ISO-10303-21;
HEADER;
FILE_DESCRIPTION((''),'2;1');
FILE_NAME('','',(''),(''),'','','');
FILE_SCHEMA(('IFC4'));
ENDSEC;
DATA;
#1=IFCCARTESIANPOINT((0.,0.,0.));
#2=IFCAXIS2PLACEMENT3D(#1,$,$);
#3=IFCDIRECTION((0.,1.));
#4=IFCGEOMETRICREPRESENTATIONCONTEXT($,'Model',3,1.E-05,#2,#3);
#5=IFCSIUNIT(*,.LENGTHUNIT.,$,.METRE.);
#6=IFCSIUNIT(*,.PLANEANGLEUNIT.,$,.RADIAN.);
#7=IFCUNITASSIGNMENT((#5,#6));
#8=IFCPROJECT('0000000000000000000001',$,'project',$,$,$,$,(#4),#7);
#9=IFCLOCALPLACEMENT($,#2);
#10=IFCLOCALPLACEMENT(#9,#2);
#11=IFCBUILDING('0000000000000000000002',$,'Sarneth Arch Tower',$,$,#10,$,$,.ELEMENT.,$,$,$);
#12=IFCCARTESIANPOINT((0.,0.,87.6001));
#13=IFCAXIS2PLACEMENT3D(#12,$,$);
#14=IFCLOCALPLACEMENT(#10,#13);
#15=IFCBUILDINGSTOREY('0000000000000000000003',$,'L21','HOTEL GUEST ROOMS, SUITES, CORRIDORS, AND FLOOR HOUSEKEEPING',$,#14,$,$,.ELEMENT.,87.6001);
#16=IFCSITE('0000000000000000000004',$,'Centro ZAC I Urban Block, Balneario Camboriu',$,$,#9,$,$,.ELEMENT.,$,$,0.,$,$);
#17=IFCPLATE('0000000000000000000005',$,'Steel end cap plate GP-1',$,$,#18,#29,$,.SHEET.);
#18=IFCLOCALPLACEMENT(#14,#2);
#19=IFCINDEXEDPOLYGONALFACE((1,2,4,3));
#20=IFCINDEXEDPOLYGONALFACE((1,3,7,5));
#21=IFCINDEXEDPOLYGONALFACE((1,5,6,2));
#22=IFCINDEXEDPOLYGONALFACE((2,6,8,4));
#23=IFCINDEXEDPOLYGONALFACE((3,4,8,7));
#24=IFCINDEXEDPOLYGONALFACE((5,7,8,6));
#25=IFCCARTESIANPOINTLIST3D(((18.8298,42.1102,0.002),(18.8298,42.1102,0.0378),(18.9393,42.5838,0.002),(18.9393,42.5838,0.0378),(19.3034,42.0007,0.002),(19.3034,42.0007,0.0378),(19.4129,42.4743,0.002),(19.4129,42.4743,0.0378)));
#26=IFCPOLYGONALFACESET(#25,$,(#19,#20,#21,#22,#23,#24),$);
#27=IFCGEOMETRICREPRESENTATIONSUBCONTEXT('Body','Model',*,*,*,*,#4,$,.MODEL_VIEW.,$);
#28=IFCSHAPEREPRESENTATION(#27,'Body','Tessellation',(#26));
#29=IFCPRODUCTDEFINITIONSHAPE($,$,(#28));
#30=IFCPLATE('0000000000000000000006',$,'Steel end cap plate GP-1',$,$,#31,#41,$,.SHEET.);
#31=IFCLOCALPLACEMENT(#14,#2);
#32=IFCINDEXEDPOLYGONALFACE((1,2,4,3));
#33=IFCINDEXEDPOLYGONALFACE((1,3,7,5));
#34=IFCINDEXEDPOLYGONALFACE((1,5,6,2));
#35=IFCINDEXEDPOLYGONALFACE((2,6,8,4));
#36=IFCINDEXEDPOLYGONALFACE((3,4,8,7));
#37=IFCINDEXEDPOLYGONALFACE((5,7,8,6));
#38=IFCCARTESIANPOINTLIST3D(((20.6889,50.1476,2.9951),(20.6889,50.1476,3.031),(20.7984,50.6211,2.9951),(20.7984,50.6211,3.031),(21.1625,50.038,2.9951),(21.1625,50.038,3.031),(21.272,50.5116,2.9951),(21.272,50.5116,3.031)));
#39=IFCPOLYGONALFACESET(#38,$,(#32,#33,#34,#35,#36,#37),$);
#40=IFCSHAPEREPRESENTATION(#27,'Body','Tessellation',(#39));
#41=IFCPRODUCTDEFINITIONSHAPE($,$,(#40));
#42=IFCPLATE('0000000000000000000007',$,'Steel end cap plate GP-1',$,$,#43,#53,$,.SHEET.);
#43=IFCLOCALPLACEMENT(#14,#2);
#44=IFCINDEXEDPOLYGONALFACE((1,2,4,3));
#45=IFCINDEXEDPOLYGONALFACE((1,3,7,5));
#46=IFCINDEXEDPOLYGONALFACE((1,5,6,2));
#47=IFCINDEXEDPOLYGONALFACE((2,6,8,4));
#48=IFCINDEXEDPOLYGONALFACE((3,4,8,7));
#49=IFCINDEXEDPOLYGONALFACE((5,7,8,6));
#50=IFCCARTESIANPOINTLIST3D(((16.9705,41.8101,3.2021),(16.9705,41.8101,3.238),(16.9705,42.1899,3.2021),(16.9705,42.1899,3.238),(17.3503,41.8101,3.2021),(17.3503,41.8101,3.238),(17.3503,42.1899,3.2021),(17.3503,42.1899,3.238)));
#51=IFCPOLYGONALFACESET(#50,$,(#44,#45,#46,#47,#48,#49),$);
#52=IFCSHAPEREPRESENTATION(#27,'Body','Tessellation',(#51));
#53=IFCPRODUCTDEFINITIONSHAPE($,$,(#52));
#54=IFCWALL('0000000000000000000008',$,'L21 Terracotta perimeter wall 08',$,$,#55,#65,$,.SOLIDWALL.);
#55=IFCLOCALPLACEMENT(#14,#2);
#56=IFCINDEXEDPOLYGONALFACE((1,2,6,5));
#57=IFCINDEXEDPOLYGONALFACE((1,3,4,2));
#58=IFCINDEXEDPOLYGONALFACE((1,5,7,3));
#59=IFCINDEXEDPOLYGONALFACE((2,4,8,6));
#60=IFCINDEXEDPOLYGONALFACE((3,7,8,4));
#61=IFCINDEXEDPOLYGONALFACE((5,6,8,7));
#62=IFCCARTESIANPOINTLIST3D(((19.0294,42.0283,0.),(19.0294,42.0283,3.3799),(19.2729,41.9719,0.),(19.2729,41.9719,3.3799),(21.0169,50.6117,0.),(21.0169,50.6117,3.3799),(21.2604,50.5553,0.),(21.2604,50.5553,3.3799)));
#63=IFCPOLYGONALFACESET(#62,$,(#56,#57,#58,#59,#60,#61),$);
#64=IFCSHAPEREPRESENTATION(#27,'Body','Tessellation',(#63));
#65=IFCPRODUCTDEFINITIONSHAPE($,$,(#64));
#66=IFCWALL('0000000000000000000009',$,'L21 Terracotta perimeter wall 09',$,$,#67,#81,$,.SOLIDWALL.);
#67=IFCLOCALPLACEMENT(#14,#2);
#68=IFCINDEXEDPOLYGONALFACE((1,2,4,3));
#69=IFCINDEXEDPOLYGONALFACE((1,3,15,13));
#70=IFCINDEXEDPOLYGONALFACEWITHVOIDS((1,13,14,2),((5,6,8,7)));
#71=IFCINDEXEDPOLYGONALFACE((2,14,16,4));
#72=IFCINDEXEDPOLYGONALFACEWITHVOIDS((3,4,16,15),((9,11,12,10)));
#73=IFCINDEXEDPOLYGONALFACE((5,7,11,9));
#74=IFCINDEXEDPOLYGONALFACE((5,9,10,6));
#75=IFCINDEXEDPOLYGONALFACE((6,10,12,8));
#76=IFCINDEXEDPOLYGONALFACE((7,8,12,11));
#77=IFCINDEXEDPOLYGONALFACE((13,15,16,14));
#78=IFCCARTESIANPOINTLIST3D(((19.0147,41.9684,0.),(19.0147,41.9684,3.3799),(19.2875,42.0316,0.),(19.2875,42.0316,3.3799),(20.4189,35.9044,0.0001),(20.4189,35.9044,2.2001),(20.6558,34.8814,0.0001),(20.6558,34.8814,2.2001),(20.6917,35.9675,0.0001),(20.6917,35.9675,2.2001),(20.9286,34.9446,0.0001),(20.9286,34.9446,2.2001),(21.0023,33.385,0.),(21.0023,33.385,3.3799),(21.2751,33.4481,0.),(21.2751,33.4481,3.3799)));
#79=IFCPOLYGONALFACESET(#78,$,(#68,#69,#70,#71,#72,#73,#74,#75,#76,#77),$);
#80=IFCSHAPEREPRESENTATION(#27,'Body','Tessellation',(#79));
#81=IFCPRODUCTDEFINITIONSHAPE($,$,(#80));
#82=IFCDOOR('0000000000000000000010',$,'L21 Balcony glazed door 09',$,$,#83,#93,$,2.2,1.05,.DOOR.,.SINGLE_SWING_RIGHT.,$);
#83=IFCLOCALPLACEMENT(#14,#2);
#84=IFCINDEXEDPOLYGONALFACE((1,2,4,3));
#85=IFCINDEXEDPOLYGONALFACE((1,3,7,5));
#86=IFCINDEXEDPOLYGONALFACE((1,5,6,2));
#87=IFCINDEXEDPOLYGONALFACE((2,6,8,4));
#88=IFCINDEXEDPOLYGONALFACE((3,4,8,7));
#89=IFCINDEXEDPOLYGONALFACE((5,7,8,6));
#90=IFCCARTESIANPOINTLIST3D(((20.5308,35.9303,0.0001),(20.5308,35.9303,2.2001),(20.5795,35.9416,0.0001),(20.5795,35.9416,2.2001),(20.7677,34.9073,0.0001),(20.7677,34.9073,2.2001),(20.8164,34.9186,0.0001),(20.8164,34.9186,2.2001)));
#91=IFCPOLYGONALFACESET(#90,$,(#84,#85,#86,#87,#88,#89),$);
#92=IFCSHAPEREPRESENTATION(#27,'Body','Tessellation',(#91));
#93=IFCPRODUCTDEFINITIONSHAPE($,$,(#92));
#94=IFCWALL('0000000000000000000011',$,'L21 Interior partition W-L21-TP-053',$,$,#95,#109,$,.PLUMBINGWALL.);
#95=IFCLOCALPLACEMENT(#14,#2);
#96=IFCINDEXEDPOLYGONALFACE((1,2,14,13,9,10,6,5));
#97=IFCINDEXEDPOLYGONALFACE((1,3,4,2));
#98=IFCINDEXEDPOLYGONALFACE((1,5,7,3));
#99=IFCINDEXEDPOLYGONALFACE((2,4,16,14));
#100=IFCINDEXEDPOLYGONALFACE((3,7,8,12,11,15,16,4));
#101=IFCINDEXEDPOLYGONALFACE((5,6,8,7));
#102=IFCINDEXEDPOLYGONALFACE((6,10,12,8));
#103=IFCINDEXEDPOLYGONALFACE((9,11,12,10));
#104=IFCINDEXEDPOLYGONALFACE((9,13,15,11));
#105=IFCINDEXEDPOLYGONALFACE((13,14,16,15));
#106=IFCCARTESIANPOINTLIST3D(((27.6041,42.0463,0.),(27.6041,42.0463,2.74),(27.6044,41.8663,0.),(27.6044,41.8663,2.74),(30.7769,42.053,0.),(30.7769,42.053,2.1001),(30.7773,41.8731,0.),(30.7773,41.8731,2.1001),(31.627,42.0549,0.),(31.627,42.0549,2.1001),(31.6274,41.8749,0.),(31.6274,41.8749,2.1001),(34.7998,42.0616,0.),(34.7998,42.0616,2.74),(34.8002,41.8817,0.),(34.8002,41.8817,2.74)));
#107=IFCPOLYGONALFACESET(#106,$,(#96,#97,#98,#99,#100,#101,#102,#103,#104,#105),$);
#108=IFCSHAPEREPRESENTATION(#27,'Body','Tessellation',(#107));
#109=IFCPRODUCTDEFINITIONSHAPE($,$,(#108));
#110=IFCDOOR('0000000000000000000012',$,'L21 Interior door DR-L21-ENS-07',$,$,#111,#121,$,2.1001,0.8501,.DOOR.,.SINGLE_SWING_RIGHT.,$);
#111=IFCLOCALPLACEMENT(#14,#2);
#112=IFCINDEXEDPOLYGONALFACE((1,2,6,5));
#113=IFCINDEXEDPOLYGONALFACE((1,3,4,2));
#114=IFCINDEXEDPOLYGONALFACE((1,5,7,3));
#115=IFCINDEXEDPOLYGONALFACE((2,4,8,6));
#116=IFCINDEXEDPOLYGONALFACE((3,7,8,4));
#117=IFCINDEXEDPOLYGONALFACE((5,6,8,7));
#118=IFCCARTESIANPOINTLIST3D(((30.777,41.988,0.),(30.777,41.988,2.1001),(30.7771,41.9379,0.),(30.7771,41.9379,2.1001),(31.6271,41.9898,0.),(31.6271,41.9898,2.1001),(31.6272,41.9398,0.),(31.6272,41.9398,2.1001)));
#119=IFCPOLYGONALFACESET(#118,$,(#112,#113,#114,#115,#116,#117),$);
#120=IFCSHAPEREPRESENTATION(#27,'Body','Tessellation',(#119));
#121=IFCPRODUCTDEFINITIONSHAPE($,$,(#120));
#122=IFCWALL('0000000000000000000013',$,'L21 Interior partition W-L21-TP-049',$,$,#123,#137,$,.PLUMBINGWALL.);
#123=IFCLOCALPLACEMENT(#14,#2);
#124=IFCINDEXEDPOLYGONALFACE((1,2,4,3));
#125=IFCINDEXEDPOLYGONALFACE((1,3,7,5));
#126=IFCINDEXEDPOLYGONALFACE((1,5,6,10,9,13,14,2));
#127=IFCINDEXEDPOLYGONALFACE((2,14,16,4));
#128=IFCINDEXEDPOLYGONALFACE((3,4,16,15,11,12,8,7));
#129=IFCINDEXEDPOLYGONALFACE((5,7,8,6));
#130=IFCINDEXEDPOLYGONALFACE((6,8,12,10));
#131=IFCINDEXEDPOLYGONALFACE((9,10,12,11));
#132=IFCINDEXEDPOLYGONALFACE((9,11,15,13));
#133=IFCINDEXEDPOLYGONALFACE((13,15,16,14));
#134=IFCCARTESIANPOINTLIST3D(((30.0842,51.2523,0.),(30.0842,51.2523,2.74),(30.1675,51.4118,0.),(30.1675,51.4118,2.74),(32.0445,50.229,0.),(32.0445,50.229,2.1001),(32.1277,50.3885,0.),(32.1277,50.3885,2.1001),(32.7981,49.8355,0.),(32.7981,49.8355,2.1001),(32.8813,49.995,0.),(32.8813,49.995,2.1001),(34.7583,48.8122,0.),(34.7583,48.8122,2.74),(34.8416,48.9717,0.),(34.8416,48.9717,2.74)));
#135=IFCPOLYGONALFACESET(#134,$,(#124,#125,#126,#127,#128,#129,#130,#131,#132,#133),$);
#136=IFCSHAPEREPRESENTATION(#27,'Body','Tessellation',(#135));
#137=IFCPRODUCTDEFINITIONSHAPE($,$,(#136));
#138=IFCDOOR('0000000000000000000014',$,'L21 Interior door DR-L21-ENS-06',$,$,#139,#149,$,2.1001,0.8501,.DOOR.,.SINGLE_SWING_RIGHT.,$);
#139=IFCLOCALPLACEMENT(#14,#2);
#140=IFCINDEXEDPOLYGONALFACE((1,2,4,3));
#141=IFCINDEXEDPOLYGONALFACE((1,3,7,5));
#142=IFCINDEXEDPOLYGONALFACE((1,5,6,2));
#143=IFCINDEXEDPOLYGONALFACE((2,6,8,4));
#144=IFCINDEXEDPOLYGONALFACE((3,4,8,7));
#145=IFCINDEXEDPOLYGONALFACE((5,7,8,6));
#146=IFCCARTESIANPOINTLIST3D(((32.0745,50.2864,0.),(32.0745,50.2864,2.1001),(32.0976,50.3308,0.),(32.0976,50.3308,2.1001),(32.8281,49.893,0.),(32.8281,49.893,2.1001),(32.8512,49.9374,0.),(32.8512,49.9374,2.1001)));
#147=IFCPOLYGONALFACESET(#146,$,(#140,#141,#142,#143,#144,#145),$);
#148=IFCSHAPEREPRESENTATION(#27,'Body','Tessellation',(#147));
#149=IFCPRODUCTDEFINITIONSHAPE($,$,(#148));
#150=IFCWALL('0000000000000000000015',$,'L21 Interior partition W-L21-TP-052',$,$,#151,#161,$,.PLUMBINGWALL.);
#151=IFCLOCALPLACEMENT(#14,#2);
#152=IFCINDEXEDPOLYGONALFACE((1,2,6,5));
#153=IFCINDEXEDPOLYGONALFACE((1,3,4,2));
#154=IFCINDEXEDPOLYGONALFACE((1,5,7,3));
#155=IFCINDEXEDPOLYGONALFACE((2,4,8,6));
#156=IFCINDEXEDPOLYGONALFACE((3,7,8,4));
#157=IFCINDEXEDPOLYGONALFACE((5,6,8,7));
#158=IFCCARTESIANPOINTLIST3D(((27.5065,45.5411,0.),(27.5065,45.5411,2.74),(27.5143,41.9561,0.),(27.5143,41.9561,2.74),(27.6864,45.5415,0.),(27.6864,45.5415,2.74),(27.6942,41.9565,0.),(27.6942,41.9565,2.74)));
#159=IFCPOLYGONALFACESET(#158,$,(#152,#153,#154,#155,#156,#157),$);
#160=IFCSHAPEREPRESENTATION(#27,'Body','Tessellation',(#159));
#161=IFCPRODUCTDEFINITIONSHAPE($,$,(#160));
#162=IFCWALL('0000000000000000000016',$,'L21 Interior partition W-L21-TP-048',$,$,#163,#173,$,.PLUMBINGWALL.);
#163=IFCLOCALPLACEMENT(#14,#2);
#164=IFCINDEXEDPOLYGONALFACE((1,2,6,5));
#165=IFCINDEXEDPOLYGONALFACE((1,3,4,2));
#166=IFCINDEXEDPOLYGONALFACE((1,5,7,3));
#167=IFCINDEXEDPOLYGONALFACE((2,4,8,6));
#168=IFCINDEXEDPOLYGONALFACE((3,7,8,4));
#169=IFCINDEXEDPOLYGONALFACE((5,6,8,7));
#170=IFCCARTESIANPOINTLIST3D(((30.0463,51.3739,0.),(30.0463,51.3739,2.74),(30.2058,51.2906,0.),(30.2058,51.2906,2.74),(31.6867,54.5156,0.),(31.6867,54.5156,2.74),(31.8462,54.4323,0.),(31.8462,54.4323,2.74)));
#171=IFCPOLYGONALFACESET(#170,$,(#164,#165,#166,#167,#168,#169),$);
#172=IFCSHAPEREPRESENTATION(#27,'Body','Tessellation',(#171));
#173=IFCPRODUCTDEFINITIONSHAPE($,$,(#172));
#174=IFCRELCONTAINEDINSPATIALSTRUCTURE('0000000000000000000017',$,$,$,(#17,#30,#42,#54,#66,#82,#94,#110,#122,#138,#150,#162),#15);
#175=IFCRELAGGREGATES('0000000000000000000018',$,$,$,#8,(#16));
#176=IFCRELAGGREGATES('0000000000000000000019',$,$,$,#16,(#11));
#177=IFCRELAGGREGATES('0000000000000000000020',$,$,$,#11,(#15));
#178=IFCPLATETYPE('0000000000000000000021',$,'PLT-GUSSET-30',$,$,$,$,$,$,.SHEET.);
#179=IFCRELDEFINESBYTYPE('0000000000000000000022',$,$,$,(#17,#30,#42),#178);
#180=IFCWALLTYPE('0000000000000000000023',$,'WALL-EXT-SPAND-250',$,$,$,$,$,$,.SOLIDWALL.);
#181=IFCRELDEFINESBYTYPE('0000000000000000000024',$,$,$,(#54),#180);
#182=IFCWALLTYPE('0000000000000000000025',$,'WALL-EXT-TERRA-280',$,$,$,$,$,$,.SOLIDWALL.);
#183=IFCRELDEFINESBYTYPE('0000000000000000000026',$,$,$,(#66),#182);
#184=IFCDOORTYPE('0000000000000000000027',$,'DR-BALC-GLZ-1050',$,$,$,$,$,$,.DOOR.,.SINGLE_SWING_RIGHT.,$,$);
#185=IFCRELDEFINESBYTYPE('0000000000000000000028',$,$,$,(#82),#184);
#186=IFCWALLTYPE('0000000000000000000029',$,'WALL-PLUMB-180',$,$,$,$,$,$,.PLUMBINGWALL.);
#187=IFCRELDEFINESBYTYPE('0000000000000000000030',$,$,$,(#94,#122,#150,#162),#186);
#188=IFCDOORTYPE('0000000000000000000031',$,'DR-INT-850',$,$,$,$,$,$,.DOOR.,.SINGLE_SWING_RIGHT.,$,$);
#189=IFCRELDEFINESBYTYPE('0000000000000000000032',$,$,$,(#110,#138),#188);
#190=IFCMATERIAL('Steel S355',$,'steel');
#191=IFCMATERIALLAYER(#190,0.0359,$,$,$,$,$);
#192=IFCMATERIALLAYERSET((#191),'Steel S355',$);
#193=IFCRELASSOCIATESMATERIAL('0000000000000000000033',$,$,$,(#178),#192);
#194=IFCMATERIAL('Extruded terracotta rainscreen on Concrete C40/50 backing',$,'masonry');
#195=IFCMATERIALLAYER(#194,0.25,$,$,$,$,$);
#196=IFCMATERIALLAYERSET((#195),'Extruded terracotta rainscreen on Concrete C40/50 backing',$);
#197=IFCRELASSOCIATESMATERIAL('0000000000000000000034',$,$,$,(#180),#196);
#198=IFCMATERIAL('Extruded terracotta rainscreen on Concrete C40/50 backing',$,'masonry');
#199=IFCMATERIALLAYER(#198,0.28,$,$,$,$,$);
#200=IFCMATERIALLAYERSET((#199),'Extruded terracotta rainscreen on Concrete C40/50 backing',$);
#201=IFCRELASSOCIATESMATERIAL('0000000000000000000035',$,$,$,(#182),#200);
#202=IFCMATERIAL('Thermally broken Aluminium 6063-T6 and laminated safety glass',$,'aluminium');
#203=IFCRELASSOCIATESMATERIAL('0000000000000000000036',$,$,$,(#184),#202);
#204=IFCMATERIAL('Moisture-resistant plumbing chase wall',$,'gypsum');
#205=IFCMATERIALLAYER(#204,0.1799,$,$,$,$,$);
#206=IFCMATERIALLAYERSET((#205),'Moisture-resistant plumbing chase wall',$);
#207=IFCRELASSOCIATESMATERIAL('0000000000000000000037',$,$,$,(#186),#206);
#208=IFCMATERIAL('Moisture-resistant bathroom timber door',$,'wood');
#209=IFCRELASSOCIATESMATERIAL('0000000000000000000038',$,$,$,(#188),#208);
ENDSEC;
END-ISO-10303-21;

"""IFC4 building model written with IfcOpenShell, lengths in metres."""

from ifc_helpers import new_model, si_unit, direction, frame, frame_2d, origin, origin_2d, place, context, subcontext, project, spatial, rectangle, extrude, material, layer, layer_set, type_object, element, fill, save


model = new_model("IFC4")

# Units and contexts
model_context = context("Model", 3, precision=1e-05, world=origin(), true_north=direction((0.0, 1.0)))
body_context = subcontext(model_context, "Body", "Model", "MODEL_VIEW")
ifc_project = project(units=[si_unit("LENGTHUNIT", "METRE"), si_unit("PLANEANGLEUNIT", "RADIAN")], contexts=[model_context])

# Site, building, storey
site_placement = place(None, origin())
site = spatial("IfcSite", under=ifc_project, at=site_placement, Name="Centro ZAC I Urban Block, Balneario Camboriu", CompositionType="ELEMENT", RefElevation=0.0)
building_placement = place(site_placement, origin())
building = spatial("IfcBuilding", under=site, at=building_placement, Name="Sarneth Arch Tower", CompositionType="ELEMENT")
storey_placement = place(building_placement, frame((0.0, 0.0, 87.6001)))
storey = spatial("IfcBuildingStorey", under=building, at=storey_placement, Name="L21", Description="HOTEL GUEST ROOMS, SUITES, CORRIDORS, AND FLOOR HOUSEKEEPING", CompositionType="ELEMENT", Elevation=87.6001)

# Plates
ifc_material_1 = material(Name="Steel S355", Category="steel")
ifc_layer_1 = layer(ifc_material_1, 0.0359)
ifc_layer_set_1 = layer_set([ifc_layer_1], Name="Steel S355")
plate_type = type_object("IfcPlateType", Name="PLT-GUSSET-30", PredefinedType="SHEET", material=ifc_layer_set_1)
for number, where, z_axis, x_axis, name in (
    (1, (19.1213, 42.2922, 0.002), (0.0, 0.0, 1.0), (-0.225291, -0.974291, 0.0), "Steel end cap plate GP-1"),
    (2, (20.9805, 50.3296, 2.9951), (0.0, 0.0, 1.0), (-0.225291, -0.974291, 0.0), "Steel end cap plate GP-1"),
):
    element("IfcPlate", number, at=place(storey_placement, frame(where, z_axis=z_axis, x_axis=x_axis)), inside=storey, type_object=plate_type, Name=name, PredefinedType="SHEET", context=body_context, shape_type="SweptSolid", body=[
        extrude(rectangle(XDim=0.4861, YDim=0.4861, at=origin_2d()), origin(), (0.0, 0.0, 1.0), 0.0359),
    ])
plate_placement = place(storey_placement, frame((17.1604, 42.0, 3.2021), z_axis=(0.0, 0.0, 1.0), x_axis=(-1.0, 0.0, 0.0)))
element("IfcPlate", 3, at=plate_placement, inside=storey, type_object=plate_type, Name="Steel end cap plate GP-1", PredefinedType="SHEET", context=body_context, shape_type="SweptSolid", body=[
    extrude(rectangle(XDim=0.3799, YDim=0.3799, at=origin_2d()), origin(), (0.0, 0.0, 1.0), 0.0359),
])

# Wall
ifc_material_2 = material(Name="Extruded terracotta rainscreen on Concrete C40/50 backing", Category="masonry")
ifc_layer_2 = layer(ifc_material_2, 0.25)
ifc_layer_set_2 = layer_set([ifc_layer_2], Name="Extruded terracotta rainscreen on Concrete C40/50 backing")
wall_type_1 = type_object("IfcWallType", Name="WALL-EXT-SPAND-250", PredefinedType="SOLIDWALL", material=ifc_layer_set_2)
wall_1_placement = place(storey_placement, frame((21.1387, 50.5835, 0.0), z_axis=(0.0, 0.0, 1.0), x_axis=(-0.225586, -0.974223, 0.0)))
element("IfcWall", 4, at=wall_1_placement, inside=storey, type_object=wall_type_1, Name="L21 Terracotta perimeter wall 08", PredefinedType="SOLIDWALL", context=body_context, shape_type="SweptSolid", body=[
    extrude(rectangle(XDim=8.8105, YDim=0.25, at=frame_2d((4.4053, 0.0))), origin(), (0.0, 0.0, 1.0), 3.3799),
])

# Walls, openings, doors
ifc_material_3 = material(Name="Extruded terracotta rainscreen on Concrete C40/50 backing", Category="masonry")
ifc_layer_3 = layer(ifc_material_3, 0.28)
ifc_layer_set_3 = layer_set([ifc_layer_3], Name="Extruded terracotta rainscreen on Concrete C40/50 backing")
wall_type_2 = type_object("IfcWallType", Name="WALL-EXT-TERRA-280", PredefinedType="SOLIDWALL", material=ifc_layer_set_3)
wall_2_placement = place(storey_placement, frame((19.1511, 42.0, 0.0), z_axis=(0.0, 0.0, 1.0), x_axis=(0.225586, -0.974223, 0.0)))
wall_2 = element("IfcWall", 5, at=wall_2_placement, inside=storey, type_object=wall_type_2, Name="L21 Terracotta perimeter wall 09", PredefinedType="SOLIDWALL", context=body_context, shape_type="SweptSolid", body=[
    extrude(rectangle(XDim=8.8105, YDim=0.28, at=frame_2d((4.4053, 0.0))), origin(), (0.0, 0.0, 1.0), 3.3799),
])
opening_1_placement = place(wall_2_placement, frame((6.2246, 0.0, 0.0)))
opening_1 = element("IfcOpeningElement", 6, at=opening_1_placement, cuts=wall_2, PredefinedType="OPENING", context=body_context, shape_type="SweptSolid", body=[
    extrude(rectangle(XDim=1.05, YDim=2.2, at=frame_2d((0.5249, 1.1001))), frame((0.0, 0.1499, 0.0), z_axis=(0.0, -1.0, 0.0), x_axis=(1.0, 0.0, 0.0)), (0.0, 0.0, 1.0), 0.3),
])
ifc_material_4 = material(Name="Thermally broken Aluminium 6063-T6 and laminated safety glass", Category="aluminium")
door_type_1 = type_object("IfcDoorType", Name="DR-BALC-GLZ-1050", OperationType="SINGLE_SWING_RIGHT", PredefinedType="DOOR", material=ifc_material_4)
door_1_placement = place(opening_1_placement, origin())
door_1 = element("IfcDoor", 7, at=door_1_placement, inside=storey, type_object=door_type_1, Name="L21 Balcony glazed door 09", OperationType="SINGLE_SWING_RIGHT", OverallHeight=2.2, OverallWidth=1.05, PredefinedType="DOOR", context=body_context, shape_type="SweptSolid", body=[
    extrude(rectangle(XDim=1.05, YDim=2.2, at=frame_2d((0.5249, 1.1001))), frame((0.0, 0.0249, 0.0), z_axis=(0.0, -1.0, 0.0), x_axis=(1.0, 0.0, 0.0)), (0.0, 0.0, 1.0), 0.05),
])
fill(opening_1, door_1)
ifc_material_5 = material(Name="Moisture-resistant plumbing chase wall", Category="gypsum")
ifc_layer_4 = layer(ifc_material_5, 0.1799)
ifc_layer_set_4 = layer_set([ifc_layer_4], Name="Moisture-resistant plumbing chase wall")
wall_type_3 = type_object("IfcWallType", Name="WALL-PLUMB-180", PredefinedType="PLUMBINGWALL", material=ifc_layer_set_4)
wall_3_placement = place(storey_placement, frame((27.6042, 41.9563, 0.0), z_axis=(0.0, 0.0, 1.0), x_axis=(0.999998, 0.002137, 0.0)))
wall_3 = element("IfcWall", 8, at=wall_3_placement, inside=storey, type_object=wall_type_3, Name="L21 Interior partition W-L21-TP-053", PredefinedType="PLUMBINGWALL", context=body_context, shape_type="SweptSolid", body=[
    extrude(rectangle(XDim=7.1958, YDim=0.1799, at=frame_2d((3.5979, 0.0))), origin(), (0.0, 0.0, 1.0), 2.74),
])
opening_2_placement = place(wall_3_placement, frame((3.1729, 0.0, 0.0)))
opening_2 = element("IfcOpeningElement", 9, at=opening_2_placement, cuts=wall_3, PredefinedType="OPENING", context=body_context, shape_type="SweptSolid", body=[
    extrude(rectangle(XDim=0.8501, YDim=2.1001, at=frame_2d((0.425, 1.05))), frame((0.0, 0.0999, 0.0), z_axis=(0.0, -1.0, 0.0), x_axis=(1.0, 0.0, 0.0)), (0.0, 0.0, 1.0), 0.2),
])
ifc_material_6 = material(Name="Moisture-resistant bathroom timber door", Category="wood")
door_type_2 = type_object("IfcDoorType", Name="DR-INT-850", OperationType="SINGLE_SWING_RIGHT", PredefinedType="DOOR", material=ifc_material_6)
door_2_placement = place(opening_2_placement, origin())
door_2 = element("IfcDoor", 10, at=door_2_placement, inside=storey, type_object=door_type_2, Name="L21 Interior door DR-L21-ENS-07", OperationType="SINGLE_SWING_RIGHT", OverallHeight=2.1001, OverallWidth=0.8501, PredefinedType="DOOR", context=body_context, shape_type="SweptSolid", body=[
    extrude(rectangle(XDim=0.8501, YDim=2.1001, at=frame_2d((0.425, 1.05))), frame((0.0, 0.0249, 0.0), z_axis=(0.0, -1.0, 0.0), x_axis=(1.0, 0.0, 0.0)), (0.0, 0.0, 1.0), 0.05),
])
fill(opening_2, door_2)
wall_4_placement = place(storey_placement, frame((30.126, 51.332, 0.0), z_axis=(0.0, 0.0, 1.0), x_axis=(0.886465, -0.462795, 0.0)))
wall_4 = element("IfcWall", 11, at=wall_4_placement, inside=storey, type_object=wall_type_3, Name="L21 Interior partition W-L21-TP-049", PredefinedType="PLUMBINGWALL", context=body_context, shape_type="SweptSolid", body=[
    extrude(rectangle(XDim=5.2727, YDim=0.1799, at=frame_2d((2.6362, 0.0))), origin(), (0.0, 0.0, 1.0), 2.74),
])
opening_3_placement = place(wall_4_placement, frame((2.2112, 0.0, 0.0)))
opening_3 = element("IfcOpeningElement", 12, at=opening_3_placement, cuts=wall_4, PredefinedType="OPENING", context=body_context, shape_type="SweptSolid", body=[
    extrude(rectangle(XDim=0.8501, YDim=2.1001, at=frame_2d((0.425, 1.05))), frame((0.0, 0.0999, 0.0), z_axis=(0.0, -1.0, 0.0), x_axis=(1.0, 0.0, 0.0)), (0.0, 0.0, 1.0), 0.2),
])
door_3_placement = place(opening_3_placement, origin())
door_3 = element("IfcDoor", 13, at=door_3_placement, inside=storey, type_object=door_type_2, Name="L21 Interior door DR-L21-ENS-06", OperationType="SINGLE_SWING_RIGHT", OverallHeight=2.1001, OverallWidth=0.8501, PredefinedType="DOOR", context=body_context, shape_type="SweptSolid", body=[
    extrude(rectangle(XDim=0.8501, YDim=2.1001, at=frame_2d((0.425, 1.05))), frame((0.0, 0.0249, 0.0), z_axis=(0.0, -1.0, 0.0), x_axis=(1.0, 0.0, 0.0)), (0.0, 0.0, 1.0), 0.05),
])
fill(opening_3, door_3)

# Walls
wall_5_placement = place(storey_placement, frame((27.5964, 45.5413, 0.0), z_axis=(0.0, 0.0, 1.0), x_axis=(0.002179, -0.999998, 0.0)))
element("IfcWall", 14, at=wall_5_placement, inside=storey, type_object=wall_type_3, Name="L21 Interior partition W-L21-TP-052", PredefinedType="PLUMBINGWALL", context=body_context, shape_type="SweptSolid", body=[
    extrude(rectangle(XDim=3.585, YDim=0.1799, at=frame_2d((1.7925, 0.0))), origin(), (0.0, 0.0, 1.0), 2.74),
])
wall_6_placement = place(storey_placement, frame((31.7664, 54.4739, 0.0), z_axis=(0.0, 0.0, 1.0), x_axis=(-0.462823, -0.886451, 0.0)))
element("IfcWall", 15, at=wall_6_placement, inside=storey, type_object=wall_type_3, Name="L21 Interior partition W-L21-TP-048", PredefinedType="PLUMBINGWALL", context=body_context, shape_type="SweptSolid", body=[
    extrude(rectangle(XDim=3.5442, YDim=0.1799, at=frame_2d((1.772, 0.0))), origin(), (0.0, 0.0, 1.0), 2.74),
])

save(model, "model.ifc")
